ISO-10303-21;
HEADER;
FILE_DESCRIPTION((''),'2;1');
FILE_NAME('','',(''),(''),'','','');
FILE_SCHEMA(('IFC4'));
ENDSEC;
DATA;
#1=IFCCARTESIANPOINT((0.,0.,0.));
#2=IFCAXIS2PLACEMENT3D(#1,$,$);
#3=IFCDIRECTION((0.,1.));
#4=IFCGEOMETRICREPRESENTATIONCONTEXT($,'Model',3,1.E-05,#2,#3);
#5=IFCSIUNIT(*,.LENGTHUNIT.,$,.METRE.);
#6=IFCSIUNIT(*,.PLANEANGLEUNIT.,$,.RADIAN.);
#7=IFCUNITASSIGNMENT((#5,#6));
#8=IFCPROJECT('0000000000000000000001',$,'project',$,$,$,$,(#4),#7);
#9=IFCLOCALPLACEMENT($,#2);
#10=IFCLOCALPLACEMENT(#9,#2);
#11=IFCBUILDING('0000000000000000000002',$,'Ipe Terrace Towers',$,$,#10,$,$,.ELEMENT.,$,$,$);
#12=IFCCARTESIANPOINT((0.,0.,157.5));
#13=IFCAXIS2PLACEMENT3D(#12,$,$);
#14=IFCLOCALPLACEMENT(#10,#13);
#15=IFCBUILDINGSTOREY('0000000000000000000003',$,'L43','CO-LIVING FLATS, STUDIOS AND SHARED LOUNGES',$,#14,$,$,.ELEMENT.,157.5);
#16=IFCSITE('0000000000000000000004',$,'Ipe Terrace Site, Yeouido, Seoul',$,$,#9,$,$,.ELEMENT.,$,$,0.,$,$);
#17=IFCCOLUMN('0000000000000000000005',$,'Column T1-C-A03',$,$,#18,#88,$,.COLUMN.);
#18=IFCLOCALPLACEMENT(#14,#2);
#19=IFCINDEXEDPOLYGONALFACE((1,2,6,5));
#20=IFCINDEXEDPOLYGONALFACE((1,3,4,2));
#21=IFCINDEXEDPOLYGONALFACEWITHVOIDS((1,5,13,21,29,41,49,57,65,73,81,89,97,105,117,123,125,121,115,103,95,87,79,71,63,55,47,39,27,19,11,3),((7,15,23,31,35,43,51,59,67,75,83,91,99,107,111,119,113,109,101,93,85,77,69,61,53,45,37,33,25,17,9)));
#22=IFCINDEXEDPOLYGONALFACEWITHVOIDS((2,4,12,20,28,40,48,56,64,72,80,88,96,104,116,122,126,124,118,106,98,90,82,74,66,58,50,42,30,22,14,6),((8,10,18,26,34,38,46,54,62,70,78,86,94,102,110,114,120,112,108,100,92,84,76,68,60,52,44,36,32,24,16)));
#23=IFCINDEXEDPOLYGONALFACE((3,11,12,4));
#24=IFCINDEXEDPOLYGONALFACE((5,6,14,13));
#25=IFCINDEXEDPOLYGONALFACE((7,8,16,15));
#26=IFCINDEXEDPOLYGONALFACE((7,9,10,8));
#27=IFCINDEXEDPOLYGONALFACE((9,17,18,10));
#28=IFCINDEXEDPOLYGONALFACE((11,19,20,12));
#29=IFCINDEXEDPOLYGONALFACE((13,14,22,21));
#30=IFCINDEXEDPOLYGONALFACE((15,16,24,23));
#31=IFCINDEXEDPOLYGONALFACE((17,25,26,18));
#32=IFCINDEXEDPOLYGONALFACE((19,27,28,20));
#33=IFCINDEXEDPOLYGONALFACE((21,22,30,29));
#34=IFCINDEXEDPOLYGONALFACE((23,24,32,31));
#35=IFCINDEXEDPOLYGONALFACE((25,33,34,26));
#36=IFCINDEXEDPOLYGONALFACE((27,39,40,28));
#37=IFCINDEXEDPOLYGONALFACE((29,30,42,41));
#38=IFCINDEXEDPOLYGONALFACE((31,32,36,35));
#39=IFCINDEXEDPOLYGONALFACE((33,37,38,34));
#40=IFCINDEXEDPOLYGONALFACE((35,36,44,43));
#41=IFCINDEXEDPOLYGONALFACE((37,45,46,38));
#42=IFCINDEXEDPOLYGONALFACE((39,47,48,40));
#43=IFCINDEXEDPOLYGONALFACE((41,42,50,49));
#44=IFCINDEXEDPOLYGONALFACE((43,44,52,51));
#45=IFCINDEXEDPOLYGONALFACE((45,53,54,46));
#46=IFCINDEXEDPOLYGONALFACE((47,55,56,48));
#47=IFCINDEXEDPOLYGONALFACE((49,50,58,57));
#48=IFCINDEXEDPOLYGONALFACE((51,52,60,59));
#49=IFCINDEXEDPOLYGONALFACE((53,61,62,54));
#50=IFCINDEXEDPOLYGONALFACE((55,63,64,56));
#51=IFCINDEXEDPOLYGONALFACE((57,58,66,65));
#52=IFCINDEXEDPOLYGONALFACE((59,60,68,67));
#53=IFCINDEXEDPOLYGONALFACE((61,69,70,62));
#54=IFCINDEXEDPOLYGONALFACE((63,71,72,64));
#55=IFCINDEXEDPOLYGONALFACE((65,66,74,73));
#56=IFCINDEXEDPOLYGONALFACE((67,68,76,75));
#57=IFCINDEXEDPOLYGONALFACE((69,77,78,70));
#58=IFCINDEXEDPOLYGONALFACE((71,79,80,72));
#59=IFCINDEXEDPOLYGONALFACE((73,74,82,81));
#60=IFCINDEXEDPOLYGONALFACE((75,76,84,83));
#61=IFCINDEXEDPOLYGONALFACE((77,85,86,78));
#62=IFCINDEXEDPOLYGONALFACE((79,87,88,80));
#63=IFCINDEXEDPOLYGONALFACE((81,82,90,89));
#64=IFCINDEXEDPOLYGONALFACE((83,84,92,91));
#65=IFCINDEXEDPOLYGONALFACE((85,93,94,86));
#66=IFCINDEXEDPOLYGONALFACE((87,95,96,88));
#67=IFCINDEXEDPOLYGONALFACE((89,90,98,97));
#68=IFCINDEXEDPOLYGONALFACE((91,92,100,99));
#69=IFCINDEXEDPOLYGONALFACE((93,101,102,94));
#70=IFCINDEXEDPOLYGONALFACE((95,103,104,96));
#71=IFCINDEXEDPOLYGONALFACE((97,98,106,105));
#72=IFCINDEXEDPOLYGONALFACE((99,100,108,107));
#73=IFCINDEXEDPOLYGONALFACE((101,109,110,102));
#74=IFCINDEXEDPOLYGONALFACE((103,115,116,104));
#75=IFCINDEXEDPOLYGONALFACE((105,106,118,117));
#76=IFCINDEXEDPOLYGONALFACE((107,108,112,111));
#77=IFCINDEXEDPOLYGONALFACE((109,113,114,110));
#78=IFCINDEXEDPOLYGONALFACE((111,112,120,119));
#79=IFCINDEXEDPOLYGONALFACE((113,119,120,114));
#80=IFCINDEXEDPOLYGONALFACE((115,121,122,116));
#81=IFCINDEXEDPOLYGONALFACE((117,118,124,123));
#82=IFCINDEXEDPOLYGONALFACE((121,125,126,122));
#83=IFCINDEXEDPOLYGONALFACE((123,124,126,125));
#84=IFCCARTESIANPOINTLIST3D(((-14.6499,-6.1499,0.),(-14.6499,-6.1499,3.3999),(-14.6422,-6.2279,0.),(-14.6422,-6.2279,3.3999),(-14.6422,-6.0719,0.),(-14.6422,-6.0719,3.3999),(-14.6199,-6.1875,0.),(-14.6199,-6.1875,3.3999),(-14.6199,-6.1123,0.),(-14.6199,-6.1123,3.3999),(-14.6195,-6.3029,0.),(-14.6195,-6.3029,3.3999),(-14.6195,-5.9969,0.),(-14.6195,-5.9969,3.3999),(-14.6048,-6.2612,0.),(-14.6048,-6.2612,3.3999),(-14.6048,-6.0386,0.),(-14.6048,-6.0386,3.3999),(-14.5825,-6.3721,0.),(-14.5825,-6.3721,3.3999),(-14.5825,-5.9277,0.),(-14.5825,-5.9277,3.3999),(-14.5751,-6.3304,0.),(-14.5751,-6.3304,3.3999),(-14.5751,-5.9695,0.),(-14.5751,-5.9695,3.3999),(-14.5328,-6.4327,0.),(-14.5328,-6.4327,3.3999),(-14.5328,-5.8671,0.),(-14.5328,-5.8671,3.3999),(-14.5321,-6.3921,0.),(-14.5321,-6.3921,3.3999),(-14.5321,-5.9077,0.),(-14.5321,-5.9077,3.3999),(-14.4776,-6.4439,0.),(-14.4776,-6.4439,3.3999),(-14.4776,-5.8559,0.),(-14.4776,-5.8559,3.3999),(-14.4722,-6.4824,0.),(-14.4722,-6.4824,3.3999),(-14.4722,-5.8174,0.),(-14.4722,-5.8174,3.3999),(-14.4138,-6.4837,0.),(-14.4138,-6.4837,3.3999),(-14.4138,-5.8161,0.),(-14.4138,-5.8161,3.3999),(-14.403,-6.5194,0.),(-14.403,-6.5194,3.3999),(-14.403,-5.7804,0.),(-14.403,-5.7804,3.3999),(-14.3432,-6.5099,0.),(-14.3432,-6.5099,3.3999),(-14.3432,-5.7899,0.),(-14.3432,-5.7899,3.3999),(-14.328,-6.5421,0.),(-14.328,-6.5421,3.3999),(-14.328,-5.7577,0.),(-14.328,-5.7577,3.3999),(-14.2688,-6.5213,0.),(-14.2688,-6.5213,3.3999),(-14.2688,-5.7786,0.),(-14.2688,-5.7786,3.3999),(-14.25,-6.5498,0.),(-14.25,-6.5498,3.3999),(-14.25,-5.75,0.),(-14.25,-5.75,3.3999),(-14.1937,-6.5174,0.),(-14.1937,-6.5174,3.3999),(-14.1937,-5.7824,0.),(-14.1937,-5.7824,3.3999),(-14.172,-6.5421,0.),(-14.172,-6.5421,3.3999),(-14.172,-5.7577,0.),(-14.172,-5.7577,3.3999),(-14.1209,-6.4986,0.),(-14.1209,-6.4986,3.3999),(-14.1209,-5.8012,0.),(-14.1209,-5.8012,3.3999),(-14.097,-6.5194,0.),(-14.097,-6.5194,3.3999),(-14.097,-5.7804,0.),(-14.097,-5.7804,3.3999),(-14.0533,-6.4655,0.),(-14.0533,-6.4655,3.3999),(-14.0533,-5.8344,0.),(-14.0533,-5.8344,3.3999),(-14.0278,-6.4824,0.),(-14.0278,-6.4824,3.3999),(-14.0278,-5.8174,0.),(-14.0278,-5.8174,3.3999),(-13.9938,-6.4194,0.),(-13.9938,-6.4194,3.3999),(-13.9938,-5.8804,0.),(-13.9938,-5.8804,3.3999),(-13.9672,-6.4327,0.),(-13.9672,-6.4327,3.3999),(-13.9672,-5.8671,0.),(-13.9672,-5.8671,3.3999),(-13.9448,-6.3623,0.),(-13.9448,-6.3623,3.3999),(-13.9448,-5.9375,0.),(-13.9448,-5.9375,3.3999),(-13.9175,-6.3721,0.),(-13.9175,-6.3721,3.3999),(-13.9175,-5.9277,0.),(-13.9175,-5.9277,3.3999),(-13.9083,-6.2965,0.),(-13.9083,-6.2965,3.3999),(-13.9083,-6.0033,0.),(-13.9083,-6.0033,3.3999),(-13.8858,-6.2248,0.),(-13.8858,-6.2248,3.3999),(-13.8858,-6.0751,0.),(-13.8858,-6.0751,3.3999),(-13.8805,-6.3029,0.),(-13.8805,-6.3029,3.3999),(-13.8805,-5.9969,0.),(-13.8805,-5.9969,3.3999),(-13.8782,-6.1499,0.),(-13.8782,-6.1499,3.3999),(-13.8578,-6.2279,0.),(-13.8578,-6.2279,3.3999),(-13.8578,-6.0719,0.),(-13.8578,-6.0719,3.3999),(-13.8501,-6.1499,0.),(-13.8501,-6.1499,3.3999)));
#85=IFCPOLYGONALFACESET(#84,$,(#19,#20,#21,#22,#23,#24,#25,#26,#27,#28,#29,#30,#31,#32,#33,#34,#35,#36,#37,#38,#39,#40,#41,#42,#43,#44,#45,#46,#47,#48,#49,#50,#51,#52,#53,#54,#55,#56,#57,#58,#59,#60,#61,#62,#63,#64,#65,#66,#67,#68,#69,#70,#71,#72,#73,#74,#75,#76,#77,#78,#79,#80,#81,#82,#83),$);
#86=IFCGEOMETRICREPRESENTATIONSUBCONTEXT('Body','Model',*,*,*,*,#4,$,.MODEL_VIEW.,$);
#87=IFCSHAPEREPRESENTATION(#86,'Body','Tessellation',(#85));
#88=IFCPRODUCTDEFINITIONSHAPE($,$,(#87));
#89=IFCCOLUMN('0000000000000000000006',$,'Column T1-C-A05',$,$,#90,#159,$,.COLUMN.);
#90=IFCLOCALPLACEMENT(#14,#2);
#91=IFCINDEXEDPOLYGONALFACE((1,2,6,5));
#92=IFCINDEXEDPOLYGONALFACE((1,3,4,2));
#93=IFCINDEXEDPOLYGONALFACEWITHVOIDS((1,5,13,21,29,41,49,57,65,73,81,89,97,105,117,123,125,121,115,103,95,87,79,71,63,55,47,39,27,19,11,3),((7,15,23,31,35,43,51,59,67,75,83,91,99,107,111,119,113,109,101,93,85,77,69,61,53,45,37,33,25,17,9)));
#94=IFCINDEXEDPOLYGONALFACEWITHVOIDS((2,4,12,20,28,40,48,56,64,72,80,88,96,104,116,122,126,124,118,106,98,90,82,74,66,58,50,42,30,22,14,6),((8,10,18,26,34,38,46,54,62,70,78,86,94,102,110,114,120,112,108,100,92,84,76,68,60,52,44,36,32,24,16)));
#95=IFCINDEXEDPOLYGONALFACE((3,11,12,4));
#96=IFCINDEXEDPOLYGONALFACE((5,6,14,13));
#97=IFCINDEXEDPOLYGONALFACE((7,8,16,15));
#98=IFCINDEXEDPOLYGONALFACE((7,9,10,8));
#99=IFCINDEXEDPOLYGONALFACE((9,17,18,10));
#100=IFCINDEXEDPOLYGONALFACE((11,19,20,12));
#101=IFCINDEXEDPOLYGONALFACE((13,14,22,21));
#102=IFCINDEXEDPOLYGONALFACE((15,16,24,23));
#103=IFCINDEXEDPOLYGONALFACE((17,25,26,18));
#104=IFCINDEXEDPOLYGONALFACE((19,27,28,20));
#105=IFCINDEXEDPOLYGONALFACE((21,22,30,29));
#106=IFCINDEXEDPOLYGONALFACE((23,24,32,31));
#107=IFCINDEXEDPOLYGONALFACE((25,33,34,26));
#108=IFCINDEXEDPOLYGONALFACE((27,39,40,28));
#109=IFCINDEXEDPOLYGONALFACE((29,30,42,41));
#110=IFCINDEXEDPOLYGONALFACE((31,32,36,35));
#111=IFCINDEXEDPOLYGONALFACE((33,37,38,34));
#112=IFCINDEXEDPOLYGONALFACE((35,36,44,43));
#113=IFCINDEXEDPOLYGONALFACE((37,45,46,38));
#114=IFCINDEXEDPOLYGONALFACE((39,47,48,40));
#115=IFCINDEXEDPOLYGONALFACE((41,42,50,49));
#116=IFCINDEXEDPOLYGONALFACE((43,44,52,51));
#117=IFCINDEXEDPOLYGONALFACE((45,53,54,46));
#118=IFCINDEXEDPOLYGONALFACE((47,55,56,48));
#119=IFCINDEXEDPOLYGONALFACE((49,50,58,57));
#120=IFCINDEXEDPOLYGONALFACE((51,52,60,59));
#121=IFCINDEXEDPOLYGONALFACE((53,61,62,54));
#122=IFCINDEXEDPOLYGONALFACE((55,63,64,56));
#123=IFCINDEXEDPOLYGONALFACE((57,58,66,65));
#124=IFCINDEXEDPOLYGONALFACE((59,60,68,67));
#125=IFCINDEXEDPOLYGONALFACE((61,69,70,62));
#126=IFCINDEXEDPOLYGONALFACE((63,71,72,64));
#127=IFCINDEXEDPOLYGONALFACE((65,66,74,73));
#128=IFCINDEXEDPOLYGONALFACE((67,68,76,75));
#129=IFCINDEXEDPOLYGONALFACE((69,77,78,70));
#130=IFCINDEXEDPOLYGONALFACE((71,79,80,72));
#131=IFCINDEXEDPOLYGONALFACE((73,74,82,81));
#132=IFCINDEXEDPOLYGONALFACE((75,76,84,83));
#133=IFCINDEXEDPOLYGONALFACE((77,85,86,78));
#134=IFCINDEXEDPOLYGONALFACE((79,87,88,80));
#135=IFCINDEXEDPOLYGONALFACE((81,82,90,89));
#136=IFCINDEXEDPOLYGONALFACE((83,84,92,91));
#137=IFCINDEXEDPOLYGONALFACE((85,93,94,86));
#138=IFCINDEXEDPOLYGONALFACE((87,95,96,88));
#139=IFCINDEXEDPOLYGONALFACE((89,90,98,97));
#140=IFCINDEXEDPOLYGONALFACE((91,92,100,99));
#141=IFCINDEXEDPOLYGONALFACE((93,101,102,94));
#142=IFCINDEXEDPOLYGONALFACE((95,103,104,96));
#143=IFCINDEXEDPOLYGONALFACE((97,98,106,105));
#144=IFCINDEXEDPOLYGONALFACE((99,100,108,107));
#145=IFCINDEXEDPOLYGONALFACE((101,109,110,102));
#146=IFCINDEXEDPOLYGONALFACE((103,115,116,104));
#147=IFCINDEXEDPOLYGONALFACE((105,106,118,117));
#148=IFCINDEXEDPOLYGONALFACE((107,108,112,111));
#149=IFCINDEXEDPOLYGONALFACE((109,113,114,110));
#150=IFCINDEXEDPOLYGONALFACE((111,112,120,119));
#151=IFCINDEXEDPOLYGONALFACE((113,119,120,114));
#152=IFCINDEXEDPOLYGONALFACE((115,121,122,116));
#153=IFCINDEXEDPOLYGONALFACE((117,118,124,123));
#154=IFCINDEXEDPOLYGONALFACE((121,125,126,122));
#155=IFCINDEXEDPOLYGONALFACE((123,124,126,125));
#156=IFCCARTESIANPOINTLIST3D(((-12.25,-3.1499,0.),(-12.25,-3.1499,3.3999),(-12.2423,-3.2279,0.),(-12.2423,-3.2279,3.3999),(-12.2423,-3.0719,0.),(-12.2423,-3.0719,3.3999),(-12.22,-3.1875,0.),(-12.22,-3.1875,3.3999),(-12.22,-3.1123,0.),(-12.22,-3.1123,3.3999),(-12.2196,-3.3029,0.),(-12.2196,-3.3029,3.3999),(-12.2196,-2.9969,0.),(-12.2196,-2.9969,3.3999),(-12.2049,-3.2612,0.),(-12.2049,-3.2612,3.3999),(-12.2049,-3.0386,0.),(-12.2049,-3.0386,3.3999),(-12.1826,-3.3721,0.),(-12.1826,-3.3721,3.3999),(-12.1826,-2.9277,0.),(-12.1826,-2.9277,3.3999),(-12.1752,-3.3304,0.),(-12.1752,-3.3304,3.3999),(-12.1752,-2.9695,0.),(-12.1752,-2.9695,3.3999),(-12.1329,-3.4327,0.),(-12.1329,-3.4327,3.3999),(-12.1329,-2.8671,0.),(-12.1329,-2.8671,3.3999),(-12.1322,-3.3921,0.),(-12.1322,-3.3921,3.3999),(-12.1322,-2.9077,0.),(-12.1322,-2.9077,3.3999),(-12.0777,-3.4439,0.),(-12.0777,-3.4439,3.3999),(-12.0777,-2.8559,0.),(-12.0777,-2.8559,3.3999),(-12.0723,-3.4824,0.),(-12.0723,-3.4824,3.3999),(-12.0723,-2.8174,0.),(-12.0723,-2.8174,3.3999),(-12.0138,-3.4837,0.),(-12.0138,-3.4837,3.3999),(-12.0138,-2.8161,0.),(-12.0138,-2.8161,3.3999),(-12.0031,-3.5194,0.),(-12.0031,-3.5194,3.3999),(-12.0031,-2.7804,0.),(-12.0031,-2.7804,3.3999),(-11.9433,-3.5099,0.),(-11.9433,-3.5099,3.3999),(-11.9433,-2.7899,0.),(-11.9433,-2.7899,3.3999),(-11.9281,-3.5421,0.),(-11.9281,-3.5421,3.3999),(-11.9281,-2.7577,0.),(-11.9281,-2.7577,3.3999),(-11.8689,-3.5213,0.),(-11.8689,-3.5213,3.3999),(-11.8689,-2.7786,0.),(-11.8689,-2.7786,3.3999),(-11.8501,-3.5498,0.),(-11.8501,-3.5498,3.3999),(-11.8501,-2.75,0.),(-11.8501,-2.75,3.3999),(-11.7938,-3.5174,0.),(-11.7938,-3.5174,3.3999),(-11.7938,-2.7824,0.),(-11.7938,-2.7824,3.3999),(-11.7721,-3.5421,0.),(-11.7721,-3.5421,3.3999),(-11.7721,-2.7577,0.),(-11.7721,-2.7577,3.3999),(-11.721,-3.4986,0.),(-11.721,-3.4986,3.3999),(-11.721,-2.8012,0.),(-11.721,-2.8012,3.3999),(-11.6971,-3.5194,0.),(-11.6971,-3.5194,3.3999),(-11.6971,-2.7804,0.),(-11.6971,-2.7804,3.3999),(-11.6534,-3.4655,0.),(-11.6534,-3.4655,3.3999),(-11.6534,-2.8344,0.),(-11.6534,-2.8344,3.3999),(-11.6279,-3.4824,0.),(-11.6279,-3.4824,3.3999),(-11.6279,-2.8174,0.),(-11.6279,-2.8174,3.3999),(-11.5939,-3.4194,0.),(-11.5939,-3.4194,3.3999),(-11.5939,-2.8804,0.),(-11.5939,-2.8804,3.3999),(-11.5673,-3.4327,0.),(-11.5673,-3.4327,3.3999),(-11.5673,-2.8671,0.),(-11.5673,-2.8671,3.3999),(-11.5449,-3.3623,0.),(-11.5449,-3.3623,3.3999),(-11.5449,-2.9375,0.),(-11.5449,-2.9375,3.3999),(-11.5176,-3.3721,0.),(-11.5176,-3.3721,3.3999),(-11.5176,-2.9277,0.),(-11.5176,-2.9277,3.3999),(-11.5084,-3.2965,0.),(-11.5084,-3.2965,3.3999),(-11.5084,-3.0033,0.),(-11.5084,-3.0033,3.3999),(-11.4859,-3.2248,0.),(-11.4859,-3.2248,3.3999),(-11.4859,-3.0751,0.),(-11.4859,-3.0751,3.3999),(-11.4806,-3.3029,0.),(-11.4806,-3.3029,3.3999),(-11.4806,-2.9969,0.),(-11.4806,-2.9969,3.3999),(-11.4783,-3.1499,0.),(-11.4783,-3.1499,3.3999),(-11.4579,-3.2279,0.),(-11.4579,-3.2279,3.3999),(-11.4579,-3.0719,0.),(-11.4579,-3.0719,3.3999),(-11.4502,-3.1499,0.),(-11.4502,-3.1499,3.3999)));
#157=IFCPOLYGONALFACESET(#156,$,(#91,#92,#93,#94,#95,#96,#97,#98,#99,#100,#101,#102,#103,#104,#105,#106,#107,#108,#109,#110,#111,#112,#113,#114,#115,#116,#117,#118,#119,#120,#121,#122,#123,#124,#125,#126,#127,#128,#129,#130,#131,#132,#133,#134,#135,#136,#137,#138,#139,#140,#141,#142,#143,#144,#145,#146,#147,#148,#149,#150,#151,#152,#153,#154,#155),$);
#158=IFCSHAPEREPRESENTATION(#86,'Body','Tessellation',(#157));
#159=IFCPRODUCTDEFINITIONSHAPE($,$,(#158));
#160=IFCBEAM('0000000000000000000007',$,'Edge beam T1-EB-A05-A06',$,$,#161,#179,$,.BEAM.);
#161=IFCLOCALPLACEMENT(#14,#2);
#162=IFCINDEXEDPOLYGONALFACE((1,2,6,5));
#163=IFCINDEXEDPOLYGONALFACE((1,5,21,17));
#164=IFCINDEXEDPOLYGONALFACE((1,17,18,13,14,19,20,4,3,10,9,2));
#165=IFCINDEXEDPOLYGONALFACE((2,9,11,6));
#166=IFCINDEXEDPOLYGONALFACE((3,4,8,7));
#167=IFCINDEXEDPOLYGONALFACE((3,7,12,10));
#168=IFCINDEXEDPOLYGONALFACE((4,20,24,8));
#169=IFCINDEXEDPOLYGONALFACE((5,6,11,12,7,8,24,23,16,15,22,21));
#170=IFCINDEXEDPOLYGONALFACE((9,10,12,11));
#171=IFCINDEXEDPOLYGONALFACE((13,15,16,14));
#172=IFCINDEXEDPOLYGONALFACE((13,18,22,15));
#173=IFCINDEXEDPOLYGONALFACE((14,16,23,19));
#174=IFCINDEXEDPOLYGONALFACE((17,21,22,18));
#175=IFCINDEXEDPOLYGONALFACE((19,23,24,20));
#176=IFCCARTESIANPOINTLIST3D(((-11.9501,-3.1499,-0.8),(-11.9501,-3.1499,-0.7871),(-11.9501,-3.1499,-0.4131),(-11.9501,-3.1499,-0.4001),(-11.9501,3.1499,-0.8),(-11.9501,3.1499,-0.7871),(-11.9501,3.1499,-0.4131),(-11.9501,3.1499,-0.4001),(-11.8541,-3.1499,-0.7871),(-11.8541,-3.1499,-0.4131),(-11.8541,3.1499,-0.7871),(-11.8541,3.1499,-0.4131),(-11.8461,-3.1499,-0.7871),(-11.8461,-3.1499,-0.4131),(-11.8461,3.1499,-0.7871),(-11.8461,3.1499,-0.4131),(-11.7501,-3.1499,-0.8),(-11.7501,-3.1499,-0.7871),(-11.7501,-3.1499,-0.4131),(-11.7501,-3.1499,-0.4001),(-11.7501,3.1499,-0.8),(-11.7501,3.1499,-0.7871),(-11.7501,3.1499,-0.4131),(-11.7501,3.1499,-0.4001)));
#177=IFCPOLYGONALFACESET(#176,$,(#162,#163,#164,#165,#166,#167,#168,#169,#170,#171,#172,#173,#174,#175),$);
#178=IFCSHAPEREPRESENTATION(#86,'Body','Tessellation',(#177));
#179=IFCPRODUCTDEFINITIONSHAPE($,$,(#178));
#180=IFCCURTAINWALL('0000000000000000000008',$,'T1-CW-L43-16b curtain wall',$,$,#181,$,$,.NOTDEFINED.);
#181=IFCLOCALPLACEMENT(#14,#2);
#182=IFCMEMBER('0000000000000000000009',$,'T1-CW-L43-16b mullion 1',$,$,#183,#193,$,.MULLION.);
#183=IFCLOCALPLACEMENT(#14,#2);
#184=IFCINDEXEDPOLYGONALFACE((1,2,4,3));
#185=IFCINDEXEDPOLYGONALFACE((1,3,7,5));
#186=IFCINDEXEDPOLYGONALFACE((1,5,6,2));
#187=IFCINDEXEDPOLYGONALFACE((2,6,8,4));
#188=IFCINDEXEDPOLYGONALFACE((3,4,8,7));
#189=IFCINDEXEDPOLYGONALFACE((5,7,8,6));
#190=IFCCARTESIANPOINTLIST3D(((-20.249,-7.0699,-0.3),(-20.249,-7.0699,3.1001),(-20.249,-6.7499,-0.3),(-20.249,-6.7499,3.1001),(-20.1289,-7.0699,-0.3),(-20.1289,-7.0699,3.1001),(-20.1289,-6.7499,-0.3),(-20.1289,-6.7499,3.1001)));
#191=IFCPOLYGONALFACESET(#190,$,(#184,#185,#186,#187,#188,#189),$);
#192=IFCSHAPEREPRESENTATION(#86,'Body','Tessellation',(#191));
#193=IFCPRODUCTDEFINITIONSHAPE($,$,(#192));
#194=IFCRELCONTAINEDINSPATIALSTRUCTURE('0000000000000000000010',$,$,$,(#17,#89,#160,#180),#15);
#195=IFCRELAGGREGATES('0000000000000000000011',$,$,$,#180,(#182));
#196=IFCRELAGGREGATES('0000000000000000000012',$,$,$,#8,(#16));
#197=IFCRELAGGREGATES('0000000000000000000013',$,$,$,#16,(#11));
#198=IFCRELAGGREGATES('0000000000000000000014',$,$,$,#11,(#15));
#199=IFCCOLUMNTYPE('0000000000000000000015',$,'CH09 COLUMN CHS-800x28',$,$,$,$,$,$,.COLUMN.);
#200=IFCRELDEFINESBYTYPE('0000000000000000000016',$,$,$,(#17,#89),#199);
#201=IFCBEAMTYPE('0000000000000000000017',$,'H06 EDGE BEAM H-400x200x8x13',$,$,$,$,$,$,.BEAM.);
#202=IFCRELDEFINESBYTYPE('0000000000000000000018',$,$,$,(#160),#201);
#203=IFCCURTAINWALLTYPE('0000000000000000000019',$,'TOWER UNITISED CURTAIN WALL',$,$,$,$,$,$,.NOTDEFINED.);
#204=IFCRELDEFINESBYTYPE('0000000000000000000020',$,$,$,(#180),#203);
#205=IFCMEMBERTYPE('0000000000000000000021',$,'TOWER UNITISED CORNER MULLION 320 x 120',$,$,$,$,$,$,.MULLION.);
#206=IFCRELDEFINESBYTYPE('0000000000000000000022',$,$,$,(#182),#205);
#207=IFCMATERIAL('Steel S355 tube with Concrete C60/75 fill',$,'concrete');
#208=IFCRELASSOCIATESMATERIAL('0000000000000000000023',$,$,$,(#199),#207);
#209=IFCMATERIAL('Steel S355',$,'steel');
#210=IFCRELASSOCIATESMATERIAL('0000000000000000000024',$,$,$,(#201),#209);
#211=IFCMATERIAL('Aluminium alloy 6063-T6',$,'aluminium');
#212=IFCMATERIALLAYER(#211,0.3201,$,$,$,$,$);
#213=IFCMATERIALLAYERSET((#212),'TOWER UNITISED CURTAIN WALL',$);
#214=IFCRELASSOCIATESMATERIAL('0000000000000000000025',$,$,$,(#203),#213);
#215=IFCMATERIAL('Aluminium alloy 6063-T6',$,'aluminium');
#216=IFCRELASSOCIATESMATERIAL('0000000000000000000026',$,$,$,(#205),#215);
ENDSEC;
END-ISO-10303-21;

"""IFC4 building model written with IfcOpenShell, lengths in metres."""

from ifc_helpers import new_model, si_unit, direction, frame, origin, origin_2d, place, context, subcontext, project, spatial, rectangle, hollow_circle, i_section, extrude, material, layer, layer_set, material_profile, profile_set, type_object, element, aggregate, save


model = new_model("IFC4")

# Units and contexts
model_context = context("Model", 3, precision=1e-05, world=origin(), true_north=direction((0.0, 1.0)))
body_context = subcontext(model_context, "Body", "Model", "MODEL_VIEW")
ifc_project = project(units=[si_unit("LENGTHUNIT", "METRE"), si_unit("PLANEANGLEUNIT", "RADIAN")], contexts=[model_context])

# Site, building, storey
site_placement = place(None, origin())
site = spatial("IfcSite", under=ifc_project, at=site_placement, Name="Ipe Terrace Site, Yeouido, Seoul", CompositionType="ELEMENT", RefElevation=0.0)
building_placement = place(site_placement, origin())
building = spatial("IfcBuilding", under=site, at=building_placement, Name="Ipe Terrace Towers", CompositionType="ELEMENT")
storey_placement = place(building_placement, frame((0.0, 0.0, 157.5)))
storey = spatial("IfcBuildingStorey", under=building, at=storey_placement, Name="L43", Description="CO-LIVING FLATS, STUDIOS AND SHARED LOUNGES", CompositionType="ELEMENT", Elevation=157.5)

# Columns
ifc_material_1 = material(Name="Steel S355 tube with Concrete C60/75 fill", Category="concrete")
ifc_material_profile_1 = material_profile(ifc_material_1, hollow_circle(Radius=0.3999, WallThickness=0.0281, at=origin_2d()), Name="CHS-800x28")
ifc_profile_set_1 = profile_set([ifc_material_profile_1], Name="Steel S355 tube with Concrete C60/75 fill")
column_type = type_object("IfcColumnType", Name="CH09 COLUMN CHS-800x28", PredefinedType="COLUMN", material=ifc_profile_set_1)
for number, where, z_axis, x_axis, name in (
    (1, (-14.25, -6.1499, 0.0), (0.0, 0.0, 1.0), (1.0, 0.0, 0.0), "Column T1-C-A03"),
    (2, (-11.8501, -3.1499, 0.0), (0.0, 0.0, 1.0), (1.0, 0.0, 0.0), "Column T1-C-A05"),
):
    element("IfcColumn", number, at=place(storey_placement, frame(where, z_axis=z_axis, x_axis=x_axis)), inside=storey, type_object=column_type, Name=name, PredefinedType="COLUMN", context=body_context, shape_type="SweptSolid", body=[
        extrude(hollow_circle(Radius=0.3999, WallThickness=0.0281, at=origin_2d()), origin(), (0.0, 0.0, 1.0), 3.3999),
    ])

# Beam
ifc_material_2 = material(Name="Steel S355", Category="steel")
ifc_material_profile_2 = material_profile(ifc_material_2, i_section(OverallWidth=0.2, OverallDepth=0.3999, WebThickness=0.0081, FlangeThickness=0.0129, at=origin_2d()), Name="H-400x200x8x13")
ifc_profile_set_2 = profile_set([ifc_material_profile_2], Name="Steel S355")
beam_type = type_object("IfcBeamType", Name="H06 EDGE BEAM H-400x200x8x13", PredefinedType="BEAM", material=ifc_profile_set_2)
beam_placement = place(storey_placement, frame((-11.8501, -3.1499, -0.6001), z_axis=(0.0, 1.0, 0.0), x_axis=(-1.0, 0.0, 0.0)))
element("IfcBeam", 3, at=beam_placement, inside=storey, type_object=beam_type, Name="Edge beam T1-EB-A05-A06", PredefinedType="BEAM", context=body_context, shape_type="SweptSolid", body=[
    extrude(i_section(OverallWidth=0.2, OverallDepth=0.3999, WebThickness=0.0081, FlangeThickness=0.0129, at=origin_2d()), origin(), (0.0, 0.0, 1.0), 6.2998),
])

# Curtain wall, member
ifc_material_3 = material(Name="Aluminium alloy 6063-T6", Category="aluminium")
ifc_layer_1 = layer(ifc_material_3, 0.3201)
ifc_layer_set_1 = layer_set([ifc_layer_1], Name="TOWER UNITISED CURTAIN WALL")
curtain_wall_type = type_object("IfcCurtainWallType", Name="TOWER UNITISED CURTAIN WALL", PredefinedType="NOTDEFINED", material=ifc_layer_set_1)
curtain_wall_1_placement = place(storey_placement, origin())
curtain_wall_1 = element("IfcCurtainWall", 4, at=curtain_wall_1_placement, inside=storey, type_object=curtain_wall_type, Name="T1-CW-L43-16b curtain wall", PredefinedType="NOTDEFINED")
ifc_material_4 = material(Name="Aluminium alloy 6063-T6", Category="aluminium")
ifc_material_profile_3 = material_profile(ifc_material_4, rectangle(XDim=0.3201, YDim=0.1201, at=origin_2d()), Name="TOWER UNITISED CORNER MULLION 320 x 120")
ifc_profile_set_3 = profile_set([ifc_material_profile_3], Name="Aluminium alloy 6063-T6")
member_type_1 = type_object("IfcMemberType", Name="TOWER UNITISED CORNER MULLION 320 x 120", PredefinedType="MULLION", material=ifc_profile_set_3)
member_1_placement = place(storey_placement, frame((-20.189, -6.9099, -0.3), z_axis=(0.0, 0.0, 1.0), x_axis=(0.0, -1.0, 0.0)))
member_1 = element("IfcMember", 5, at=member_1_placement, type_object=member_type_1, Name="T1-CW-L43-16b mullion 1", PredefinedType="MULLION", context=body_context, shape_type="SweptSolid", body=[
    extrude(rectangle(XDim=0.3201, YDim=0.1201, at=origin_2d()), origin(), (0.0, 0.0, 1.0), 3.4001),
])

aggregate(curtain_wall_1, [member_1])

save(model, "model.ifc")
